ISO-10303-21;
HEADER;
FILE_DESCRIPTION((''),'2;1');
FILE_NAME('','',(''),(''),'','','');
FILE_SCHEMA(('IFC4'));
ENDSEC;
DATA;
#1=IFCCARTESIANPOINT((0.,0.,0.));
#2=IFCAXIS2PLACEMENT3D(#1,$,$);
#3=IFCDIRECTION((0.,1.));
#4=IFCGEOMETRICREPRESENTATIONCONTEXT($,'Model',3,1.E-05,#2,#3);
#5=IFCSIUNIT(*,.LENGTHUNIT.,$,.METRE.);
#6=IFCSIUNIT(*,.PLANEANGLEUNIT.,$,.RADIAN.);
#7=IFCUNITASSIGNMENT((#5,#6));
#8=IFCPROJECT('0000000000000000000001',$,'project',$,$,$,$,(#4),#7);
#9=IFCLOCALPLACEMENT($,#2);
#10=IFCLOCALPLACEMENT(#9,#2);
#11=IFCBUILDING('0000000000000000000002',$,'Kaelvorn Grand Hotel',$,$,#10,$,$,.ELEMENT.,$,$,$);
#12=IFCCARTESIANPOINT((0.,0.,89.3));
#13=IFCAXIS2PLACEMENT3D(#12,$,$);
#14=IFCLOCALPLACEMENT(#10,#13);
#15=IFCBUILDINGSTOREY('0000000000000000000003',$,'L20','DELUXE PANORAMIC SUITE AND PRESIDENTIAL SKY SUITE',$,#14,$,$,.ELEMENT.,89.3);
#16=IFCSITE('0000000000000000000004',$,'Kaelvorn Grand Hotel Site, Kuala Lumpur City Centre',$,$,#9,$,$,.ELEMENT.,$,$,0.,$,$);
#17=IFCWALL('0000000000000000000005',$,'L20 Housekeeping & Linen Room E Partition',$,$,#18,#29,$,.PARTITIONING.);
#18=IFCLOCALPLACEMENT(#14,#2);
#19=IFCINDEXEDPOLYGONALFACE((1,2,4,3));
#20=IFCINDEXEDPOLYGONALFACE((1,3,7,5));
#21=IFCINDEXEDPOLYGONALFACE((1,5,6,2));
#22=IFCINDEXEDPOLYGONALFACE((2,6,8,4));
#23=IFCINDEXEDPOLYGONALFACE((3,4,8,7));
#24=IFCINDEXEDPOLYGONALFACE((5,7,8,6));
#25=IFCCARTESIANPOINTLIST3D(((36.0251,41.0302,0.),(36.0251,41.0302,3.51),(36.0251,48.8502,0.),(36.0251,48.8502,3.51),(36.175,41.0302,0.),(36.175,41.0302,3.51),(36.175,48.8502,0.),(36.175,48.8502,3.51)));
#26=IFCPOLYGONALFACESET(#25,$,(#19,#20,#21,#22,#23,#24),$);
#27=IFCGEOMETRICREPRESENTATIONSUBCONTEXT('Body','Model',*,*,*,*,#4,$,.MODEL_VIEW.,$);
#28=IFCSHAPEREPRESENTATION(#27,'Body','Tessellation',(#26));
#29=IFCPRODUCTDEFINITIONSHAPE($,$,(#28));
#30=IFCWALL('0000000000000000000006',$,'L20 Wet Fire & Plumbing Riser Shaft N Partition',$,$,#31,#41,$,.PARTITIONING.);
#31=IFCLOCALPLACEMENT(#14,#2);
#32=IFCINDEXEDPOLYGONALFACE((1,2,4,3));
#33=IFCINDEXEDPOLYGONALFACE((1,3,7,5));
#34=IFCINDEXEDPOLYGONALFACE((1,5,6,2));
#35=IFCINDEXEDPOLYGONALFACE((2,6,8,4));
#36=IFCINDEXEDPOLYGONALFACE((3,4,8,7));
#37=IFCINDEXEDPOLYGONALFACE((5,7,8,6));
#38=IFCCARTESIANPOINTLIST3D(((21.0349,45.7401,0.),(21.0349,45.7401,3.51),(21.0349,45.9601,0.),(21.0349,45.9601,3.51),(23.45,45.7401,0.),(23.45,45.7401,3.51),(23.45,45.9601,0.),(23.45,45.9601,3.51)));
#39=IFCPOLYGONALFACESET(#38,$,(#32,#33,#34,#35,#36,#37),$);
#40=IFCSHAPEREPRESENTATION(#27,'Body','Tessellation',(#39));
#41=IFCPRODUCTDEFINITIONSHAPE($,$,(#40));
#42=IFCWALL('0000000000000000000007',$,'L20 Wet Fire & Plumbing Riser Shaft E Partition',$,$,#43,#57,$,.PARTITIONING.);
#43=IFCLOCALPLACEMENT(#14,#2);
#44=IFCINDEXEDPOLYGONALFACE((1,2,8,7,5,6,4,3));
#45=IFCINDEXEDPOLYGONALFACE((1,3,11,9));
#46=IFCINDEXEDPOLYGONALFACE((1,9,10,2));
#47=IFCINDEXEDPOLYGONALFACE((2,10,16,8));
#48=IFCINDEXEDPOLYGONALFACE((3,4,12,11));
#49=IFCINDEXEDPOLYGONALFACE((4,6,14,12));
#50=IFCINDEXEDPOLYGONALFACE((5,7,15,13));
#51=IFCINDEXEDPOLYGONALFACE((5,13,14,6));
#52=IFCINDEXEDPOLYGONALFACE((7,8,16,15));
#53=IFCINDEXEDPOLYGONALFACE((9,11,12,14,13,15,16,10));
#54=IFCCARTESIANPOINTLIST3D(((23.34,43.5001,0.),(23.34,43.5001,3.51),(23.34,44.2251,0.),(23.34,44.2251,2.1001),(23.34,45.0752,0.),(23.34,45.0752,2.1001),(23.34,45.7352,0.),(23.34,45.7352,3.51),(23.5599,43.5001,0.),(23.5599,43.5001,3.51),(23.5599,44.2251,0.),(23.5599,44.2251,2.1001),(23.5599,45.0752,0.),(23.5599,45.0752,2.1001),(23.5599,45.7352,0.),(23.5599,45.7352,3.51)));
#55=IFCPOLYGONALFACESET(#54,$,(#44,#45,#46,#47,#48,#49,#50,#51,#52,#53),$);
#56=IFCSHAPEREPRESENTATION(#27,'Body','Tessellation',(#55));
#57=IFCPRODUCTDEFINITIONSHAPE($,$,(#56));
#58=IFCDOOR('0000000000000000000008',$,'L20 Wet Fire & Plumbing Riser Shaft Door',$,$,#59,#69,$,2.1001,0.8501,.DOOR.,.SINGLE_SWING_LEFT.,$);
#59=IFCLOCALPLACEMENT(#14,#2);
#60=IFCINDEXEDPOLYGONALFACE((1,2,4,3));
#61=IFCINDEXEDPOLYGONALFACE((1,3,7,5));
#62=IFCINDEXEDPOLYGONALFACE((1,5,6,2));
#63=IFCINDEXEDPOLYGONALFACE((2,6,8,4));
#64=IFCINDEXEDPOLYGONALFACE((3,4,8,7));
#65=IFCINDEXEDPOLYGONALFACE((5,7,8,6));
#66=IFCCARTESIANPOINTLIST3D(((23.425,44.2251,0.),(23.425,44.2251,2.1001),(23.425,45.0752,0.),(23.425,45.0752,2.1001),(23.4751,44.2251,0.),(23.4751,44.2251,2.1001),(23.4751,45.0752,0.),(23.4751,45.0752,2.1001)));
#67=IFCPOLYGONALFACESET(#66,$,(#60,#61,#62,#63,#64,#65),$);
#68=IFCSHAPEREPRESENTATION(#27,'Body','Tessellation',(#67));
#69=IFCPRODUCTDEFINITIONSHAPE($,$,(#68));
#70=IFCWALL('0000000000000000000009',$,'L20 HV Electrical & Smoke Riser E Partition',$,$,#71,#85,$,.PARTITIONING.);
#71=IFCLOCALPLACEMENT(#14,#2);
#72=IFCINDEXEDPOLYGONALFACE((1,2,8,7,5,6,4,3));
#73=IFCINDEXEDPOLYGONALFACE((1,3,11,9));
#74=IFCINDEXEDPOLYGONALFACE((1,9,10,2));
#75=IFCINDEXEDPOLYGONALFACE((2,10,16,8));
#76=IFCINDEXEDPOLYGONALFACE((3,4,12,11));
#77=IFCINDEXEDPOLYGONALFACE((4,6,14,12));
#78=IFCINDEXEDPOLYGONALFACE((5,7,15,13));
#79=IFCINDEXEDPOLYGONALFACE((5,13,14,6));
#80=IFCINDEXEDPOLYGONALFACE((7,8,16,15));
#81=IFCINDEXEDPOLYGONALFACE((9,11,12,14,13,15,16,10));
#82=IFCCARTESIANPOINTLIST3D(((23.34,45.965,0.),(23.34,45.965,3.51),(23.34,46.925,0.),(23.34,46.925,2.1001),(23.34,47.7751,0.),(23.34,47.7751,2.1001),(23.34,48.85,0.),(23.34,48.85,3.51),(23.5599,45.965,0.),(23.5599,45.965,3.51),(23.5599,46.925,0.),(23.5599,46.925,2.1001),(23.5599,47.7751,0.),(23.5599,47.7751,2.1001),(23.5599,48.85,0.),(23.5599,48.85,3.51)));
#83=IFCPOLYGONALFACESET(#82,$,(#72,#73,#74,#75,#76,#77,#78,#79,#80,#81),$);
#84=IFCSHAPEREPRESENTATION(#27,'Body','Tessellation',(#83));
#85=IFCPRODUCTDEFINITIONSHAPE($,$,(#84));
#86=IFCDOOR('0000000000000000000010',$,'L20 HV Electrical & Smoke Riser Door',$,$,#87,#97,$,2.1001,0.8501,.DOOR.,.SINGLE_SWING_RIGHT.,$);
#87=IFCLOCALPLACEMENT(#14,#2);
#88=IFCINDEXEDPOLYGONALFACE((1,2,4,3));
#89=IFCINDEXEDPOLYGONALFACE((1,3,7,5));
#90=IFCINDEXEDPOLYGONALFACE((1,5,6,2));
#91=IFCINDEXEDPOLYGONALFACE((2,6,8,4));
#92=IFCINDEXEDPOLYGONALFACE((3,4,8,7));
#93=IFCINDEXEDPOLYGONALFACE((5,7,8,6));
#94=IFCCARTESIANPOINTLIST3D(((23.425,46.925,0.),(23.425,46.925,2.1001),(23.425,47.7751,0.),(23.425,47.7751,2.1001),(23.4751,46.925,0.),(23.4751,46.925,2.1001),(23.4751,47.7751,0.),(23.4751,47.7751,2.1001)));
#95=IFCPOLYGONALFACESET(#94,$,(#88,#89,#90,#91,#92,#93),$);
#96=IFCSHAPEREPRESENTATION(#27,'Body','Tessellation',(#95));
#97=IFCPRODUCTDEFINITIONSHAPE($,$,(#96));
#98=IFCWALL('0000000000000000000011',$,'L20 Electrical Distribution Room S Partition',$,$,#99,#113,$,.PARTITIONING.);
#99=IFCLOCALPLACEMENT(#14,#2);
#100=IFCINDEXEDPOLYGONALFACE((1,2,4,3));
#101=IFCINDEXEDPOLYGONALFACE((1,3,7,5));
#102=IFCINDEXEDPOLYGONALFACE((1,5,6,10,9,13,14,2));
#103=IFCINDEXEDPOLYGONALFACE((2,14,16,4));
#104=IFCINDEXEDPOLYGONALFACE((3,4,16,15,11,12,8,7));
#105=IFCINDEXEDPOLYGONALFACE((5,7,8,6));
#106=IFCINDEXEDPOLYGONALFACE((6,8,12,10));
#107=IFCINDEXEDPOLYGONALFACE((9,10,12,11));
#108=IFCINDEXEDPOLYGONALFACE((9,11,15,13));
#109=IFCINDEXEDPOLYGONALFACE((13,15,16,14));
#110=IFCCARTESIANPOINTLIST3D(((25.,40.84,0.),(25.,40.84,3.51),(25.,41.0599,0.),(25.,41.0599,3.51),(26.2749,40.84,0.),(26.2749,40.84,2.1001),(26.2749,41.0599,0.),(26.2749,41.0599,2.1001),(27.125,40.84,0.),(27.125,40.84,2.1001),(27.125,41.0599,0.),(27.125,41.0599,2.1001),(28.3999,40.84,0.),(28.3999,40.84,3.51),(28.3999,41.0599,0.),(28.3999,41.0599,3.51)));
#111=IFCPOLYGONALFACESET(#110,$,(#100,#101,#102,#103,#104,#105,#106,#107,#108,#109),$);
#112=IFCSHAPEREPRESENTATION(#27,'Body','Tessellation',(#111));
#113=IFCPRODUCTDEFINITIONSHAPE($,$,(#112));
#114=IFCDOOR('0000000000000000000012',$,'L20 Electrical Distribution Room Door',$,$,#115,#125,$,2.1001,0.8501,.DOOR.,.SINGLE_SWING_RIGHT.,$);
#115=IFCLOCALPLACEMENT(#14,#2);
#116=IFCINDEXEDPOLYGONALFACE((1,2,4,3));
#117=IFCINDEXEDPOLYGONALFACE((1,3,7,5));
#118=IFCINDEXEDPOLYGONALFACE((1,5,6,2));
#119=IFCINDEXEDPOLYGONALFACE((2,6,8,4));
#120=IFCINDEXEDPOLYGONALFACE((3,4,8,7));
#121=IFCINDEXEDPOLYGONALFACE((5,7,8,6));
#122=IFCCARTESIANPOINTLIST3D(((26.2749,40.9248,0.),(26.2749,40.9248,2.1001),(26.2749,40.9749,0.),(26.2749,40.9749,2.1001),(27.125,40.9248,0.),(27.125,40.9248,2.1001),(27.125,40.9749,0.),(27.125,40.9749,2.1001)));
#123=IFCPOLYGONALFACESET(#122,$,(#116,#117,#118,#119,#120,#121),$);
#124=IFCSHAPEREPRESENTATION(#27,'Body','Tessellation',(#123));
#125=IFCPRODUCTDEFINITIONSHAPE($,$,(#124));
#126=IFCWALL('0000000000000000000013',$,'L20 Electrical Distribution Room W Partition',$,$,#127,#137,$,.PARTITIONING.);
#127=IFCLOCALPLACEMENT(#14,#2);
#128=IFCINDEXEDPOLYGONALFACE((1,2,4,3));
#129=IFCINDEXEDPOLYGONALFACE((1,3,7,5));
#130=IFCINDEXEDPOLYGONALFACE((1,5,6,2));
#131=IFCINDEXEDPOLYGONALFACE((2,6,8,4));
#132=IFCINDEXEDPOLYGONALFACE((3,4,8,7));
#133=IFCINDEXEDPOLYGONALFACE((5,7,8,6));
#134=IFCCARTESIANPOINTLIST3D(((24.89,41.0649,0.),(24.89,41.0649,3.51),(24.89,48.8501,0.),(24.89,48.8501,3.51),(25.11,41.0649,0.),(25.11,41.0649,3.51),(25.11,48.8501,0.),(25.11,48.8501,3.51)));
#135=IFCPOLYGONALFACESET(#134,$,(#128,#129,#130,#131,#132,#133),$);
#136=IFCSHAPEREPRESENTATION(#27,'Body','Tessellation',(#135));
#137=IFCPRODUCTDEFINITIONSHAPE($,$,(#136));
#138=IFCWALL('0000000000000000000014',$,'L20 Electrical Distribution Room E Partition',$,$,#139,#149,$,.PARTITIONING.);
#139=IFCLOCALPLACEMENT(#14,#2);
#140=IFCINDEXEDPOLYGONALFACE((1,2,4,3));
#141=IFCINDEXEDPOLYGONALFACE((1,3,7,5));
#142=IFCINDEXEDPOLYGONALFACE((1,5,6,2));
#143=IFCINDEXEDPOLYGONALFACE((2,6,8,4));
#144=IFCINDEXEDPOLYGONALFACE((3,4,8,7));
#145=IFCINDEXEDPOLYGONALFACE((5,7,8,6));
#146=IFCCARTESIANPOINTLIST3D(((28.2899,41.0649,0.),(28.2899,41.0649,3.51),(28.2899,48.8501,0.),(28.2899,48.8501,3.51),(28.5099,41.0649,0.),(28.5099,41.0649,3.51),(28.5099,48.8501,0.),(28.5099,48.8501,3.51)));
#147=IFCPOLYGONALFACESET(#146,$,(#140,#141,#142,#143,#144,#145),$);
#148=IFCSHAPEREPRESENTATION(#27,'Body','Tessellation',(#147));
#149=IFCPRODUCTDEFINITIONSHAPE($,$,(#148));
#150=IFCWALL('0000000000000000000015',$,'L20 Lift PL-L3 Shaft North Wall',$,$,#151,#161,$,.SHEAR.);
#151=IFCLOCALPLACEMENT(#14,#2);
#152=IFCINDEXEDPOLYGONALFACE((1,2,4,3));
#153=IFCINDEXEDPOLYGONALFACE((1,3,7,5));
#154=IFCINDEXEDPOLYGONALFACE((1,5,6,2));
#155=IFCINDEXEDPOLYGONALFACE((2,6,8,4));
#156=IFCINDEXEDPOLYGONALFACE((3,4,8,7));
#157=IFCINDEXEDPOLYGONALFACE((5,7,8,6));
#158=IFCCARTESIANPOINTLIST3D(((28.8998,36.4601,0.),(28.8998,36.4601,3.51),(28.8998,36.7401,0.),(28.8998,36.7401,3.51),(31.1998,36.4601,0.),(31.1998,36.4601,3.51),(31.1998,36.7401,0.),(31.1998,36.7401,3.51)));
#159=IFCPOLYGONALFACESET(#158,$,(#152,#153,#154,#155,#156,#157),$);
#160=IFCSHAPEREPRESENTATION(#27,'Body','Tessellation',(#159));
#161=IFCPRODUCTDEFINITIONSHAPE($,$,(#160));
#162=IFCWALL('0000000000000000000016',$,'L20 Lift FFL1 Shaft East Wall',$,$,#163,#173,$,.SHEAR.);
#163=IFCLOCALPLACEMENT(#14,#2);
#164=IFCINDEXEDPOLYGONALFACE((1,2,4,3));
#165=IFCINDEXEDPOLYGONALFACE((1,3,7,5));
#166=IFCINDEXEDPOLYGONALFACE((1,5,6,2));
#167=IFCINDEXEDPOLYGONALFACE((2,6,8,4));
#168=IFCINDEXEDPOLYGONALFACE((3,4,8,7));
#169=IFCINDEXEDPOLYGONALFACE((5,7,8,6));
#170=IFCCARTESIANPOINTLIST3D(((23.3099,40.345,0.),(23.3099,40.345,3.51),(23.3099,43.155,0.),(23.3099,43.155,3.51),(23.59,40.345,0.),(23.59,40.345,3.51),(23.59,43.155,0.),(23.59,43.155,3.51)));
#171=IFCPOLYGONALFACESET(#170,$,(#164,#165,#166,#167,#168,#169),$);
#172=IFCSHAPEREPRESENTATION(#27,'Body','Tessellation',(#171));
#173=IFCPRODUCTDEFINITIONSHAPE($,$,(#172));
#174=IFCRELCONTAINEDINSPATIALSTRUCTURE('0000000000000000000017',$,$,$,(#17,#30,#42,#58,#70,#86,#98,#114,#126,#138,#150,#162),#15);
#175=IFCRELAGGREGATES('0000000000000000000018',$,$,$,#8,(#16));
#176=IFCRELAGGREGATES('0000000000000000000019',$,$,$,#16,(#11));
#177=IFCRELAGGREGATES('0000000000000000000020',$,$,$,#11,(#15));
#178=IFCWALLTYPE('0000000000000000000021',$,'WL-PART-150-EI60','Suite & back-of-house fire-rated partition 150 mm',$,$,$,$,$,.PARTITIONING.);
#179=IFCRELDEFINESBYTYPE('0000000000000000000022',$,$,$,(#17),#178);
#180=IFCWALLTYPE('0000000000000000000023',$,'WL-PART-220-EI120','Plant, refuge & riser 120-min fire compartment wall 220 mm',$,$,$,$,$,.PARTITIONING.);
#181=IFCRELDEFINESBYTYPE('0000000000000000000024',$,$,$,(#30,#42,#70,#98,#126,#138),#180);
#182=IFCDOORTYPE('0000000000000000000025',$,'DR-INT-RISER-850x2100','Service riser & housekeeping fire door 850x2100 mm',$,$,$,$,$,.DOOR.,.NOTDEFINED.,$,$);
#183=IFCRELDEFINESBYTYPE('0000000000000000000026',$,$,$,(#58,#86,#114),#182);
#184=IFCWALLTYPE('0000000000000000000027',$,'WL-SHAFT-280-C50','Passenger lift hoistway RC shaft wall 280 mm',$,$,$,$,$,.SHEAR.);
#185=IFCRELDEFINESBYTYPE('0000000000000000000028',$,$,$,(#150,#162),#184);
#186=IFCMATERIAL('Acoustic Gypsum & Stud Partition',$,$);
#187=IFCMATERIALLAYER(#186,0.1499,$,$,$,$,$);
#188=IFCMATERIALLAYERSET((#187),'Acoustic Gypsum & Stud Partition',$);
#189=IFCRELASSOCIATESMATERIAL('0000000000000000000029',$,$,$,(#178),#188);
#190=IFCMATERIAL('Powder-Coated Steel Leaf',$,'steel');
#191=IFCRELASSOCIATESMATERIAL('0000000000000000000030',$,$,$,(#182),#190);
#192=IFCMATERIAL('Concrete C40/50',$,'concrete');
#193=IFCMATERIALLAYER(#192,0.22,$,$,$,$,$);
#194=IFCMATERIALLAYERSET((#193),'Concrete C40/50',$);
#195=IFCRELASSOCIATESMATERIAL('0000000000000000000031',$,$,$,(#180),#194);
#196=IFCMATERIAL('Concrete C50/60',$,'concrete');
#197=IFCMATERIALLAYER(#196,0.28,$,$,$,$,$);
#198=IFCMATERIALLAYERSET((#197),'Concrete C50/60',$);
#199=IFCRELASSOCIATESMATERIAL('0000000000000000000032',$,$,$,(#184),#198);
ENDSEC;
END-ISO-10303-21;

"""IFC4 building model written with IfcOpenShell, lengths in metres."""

from ifc_helpers import new_model, si_unit, direction, frame, frame_2d, origin, place, context, subcontext, project, spatial, rectangle, extrude, material, layer, layer_set, type_object, element, fill, save


model = new_model("IFC4")

# Units and contexts
model_context = context("Model", 3, precision=1e-05, world=origin(), true_north=direction((0.0, 1.0)))
body_context = subcontext(model_context, "Body", "Model", "MODEL_VIEW")
ifc_project = project(units=[si_unit("LENGTHUNIT", "METRE"), si_unit("PLANEANGLEUNIT", "RADIAN")], contexts=[model_context])

# Site, building, storey
site_placement = place(None, origin())
site = spatial("IfcSite", under=ifc_project, at=site_placement, Name="Kaelvorn Grand Hotel Site, Kuala Lumpur City Centre", CompositionType="ELEMENT", RefElevation=0.0)
building_placement = place(site_placement, origin())
building = spatial("IfcBuilding", under=site, at=building_placement, Name="Kaelvorn Grand Hotel", CompositionType="ELEMENT")
storey_placement = place(building_placement, frame((0.0, 0.0, 89.3)))
storey = spatial("IfcBuildingStorey", under=building, at=storey_placement, Name="L20", Description="DELUXE PANORAMIC SUITE AND PRESIDENTIAL SKY SUITE", CompositionType="ELEMENT", Elevation=89.3)

# Shared definitions
ifc_material_1 = material(Name="Acoustic Gypsum & Stud Partition")
ifc_layer_1 = layer(ifc_material_1, 0.1499)
ifc_layer_set_1 = layer_set([ifc_layer_1], Name="Acoustic Gypsum & Stud Partition")
wall_type_1 = type_object("IfcWallType", Name="WL-PART-150-EI60", Description="Suite & back-of-house fire-rated partition 150 mm", PredefinedType="PARTITIONING", material=ifc_layer_set_1)

# Shared definitions
ifc_material_2 = material(Name="Powder-Coated Steel Leaf", Category="steel")
door_type_1 = type_object("IfcDoorType", Name="DR-INT-RISER-850x2100", Description="Service riser & housekeeping fire door 850x2100 mm", OperationType="NOTDEFINED", PredefinedType="DOOR", material=ifc_material_2)

# Walls
wall_1_placement = place(storey_placement, frame((36.1001, 41.03, 0.0), z_axis=(0.0, 0.0, 1.0), x_axis=(0.0, 1.0, 0.0)))
element("IfcWall", 1, at=wall_1_placement, inside=storey, type_object=wall_type_1, Name="L20 Housekeeping & Linen Room E Partition", PredefinedType="PARTITIONING", context=body_context, shape_type="SweptSolid", body=[
    extrude(rectangle(XDim=7.8201, YDim=0.1499, at=frame_2d((3.9102, 0.0))), origin(), (0.0, 0.0, 1.0), 3.51),
])
ifc_material_3 = material(Name="Concrete C40/50", Category="concrete")
ifc_layer_2 = layer(ifc_material_3, 0.22)
ifc_layer_set_2 = layer_set([ifc_layer_2], Name="Concrete C40/50")
wall_type_2 = type_object("IfcWallType", Name="WL-PART-220-EI120", Description="Plant, refuge & riser 120-min fire compartment wall 220 mm", PredefinedType="PARTITIONING", material=ifc_layer_set_2)
wall_2_placement = place(storey_placement, frame((21.0349, 45.8501, 0.0), z_axis=(0.0, 0.0, 1.0), x_axis=(1.0, 0.0, 0.0)))
element("IfcWall", 2, at=wall_2_placement, inside=storey, type_object=wall_type_2, Name="L20 Wet Fire & Plumbing Riser Shaft N Partition", PredefinedType="PARTITIONING", context=body_context, shape_type="SweptSolid", body=[
    extrude(rectangle(XDim=2.415, YDim=0.22, at=frame_2d((1.2075, 0.0))), origin(), (0.0, 0.0, 1.0), 3.51),
])

# Walls, openings, doors
wall_3_placement = place(storey_placement, frame((23.45, 43.5, 0.0), z_axis=(0.0, 0.0, 1.0), x_axis=(0.0, 1.0, 0.0)))
wall_3 = element("IfcWall", 3, at=wall_3_placement, inside=storey, type_object=wall_type_2, Name="L20 Wet Fire & Plumbing Riser Shaft E Partition", PredefinedType="PARTITIONING", context=body_context, shape_type="SweptSolid", body=[
    extrude(rectangle(XDim=2.2351, YDim=0.22, at=frame_2d((1.1177, 0.0))), origin(), (0.0, 0.0, 1.0), 3.51),
])
opening_1_placement = place(wall_3_placement, frame((0.7251, 0.0, 0.0)))
opening_1 = element("IfcOpeningElement", 4, at=opening_1_placement, cuts=wall_3, PredefinedType="OPENING", context=body_context, shape_type="SweptSolid", body=[
    extrude(rectangle(XDim=0.8501, YDim=2.1001, at=frame_2d((0.425, 1.05))), frame((0.0, 0.1201, 0.0), z_axis=(0.0, -1.0, 0.0), x_axis=(1.0, 0.0, 0.0)), (0.0, 0.0, 1.0), 0.24),
])
door_1_placement = place(opening_1_placement, origin())
door_1 = element("IfcDoor", 5, at=door_1_placement, inside=storey, type_object=door_type_1, Name="L20 Wet Fire & Plumbing Riser Shaft Door", OperationType="SINGLE_SWING_LEFT", OverallHeight=2.1001, OverallWidth=0.8501, PredefinedType="DOOR", context=body_context, shape_type="SweptSolid", body=[
    extrude(rectangle(XDim=0.8501, YDim=2.1001, at=frame_2d((0.425, 1.05))), frame((0.0, 0.0249, 0.0), z_axis=(0.0, -1.0, 0.0), x_axis=(1.0, 0.0, 0.0)), (0.0, 0.0, 1.0), 0.05),
])
fill(opening_1, door_1)
wall_4_placement = place(storey_placement, frame((23.45, 45.9651, 0.0), z_axis=(0.0, 0.0, 1.0), x_axis=(0.0, 1.0, 0.0)))
wall_4 = element("IfcWall", 6, at=wall_4_placement, inside=storey, type_object=wall_type_2, Name="L20 HV Electrical & Smoke Riser E Partition", PredefinedType="PARTITIONING", context=body_context, shape_type="SweptSolid", body=[
    extrude(rectangle(XDim=2.885, YDim=0.22, at=frame_2d((1.4424, 0.0))), origin(), (0.0, 0.0, 1.0), 3.51),
])
opening_2_placement = place(wall_4_placement, frame((0.96, 0.0, 0.0)))
opening_2 = element("IfcOpeningElement", 7, at=opening_2_placement, cuts=wall_4, PredefinedType="OPENING", context=body_context, shape_type="SweptSolid", body=[
    extrude(rectangle(XDim=0.8501, YDim=2.1001, at=frame_2d((0.425, 1.05))), frame((0.0, 0.1201, 0.0), z_axis=(0.0, -1.0, 0.0), x_axis=(1.0, 0.0, 0.0)), (0.0, 0.0, 1.0), 0.24),
])
door_2_placement = place(opening_2_placement, origin())
door_2 = element("IfcDoor", 8, at=door_2_placement, inside=storey, type_object=door_type_1, Name="L20 HV Electrical & Smoke Riser Door", OperationType="SINGLE_SWING_RIGHT", OverallHeight=2.1001, OverallWidth=0.8501, PredefinedType="DOOR", context=body_context, shape_type="SweptSolid", body=[
    extrude(rectangle(XDim=0.8501, YDim=2.1001, at=frame_2d((0.425, 1.05))), frame((0.0, 0.0249, 0.0), z_axis=(0.0, -1.0, 0.0), x_axis=(1.0, 0.0, 0.0)), (0.0, 0.0, 1.0), 0.05),
])
fill(opening_2, door_2)
wall_5_placement = place(storey_placement, frame((25.0, 40.95, 0.0), z_axis=(0.0, 0.0, 1.0), x_axis=(1.0, 0.0, 0.0)))
wall_5 = element("IfcWall", 9, at=wall_5_placement, inside=storey, type_object=wall_type_2, Name="L20 Electrical Distribution Room S Partition", PredefinedType="PARTITIONING", context=body_context, shape_type="SweptSolid", body=[
    extrude(rectangle(XDim=3.3999, YDim=0.22, at=frame_2d((1.7, 0.0))), origin(), (0.0, 0.0, 1.0), 3.51),
])
opening_3_placement = place(wall_5_placement, frame((1.2749, 0.0, 0.0)))
opening_3 = element("IfcOpeningElement", 10, at=opening_3_placement, cuts=wall_5, PredefinedType="OPENING", context=body_context, shape_type="SweptSolid", body=[
    extrude(rectangle(XDim=0.8501, YDim=2.1001, at=frame_2d((0.425, 1.05))), frame((0.0, 0.1201, 0.0), z_axis=(0.0, -1.0, 0.0), x_axis=(1.0, 0.0, 0.0)), (0.0, 0.0, 1.0), 0.24),
])
door_3_placement = place(opening_3_placement, origin())
door_3 = element("IfcDoor", 11, at=door_3_placement, inside=storey, type_object=door_type_1, Name="L20 Electrical Distribution Room Door", OperationType="SINGLE_SWING_RIGHT", OverallHeight=2.1001, OverallWidth=0.8501, PredefinedType="DOOR", context=body_context, shape_type="SweptSolid", body=[
    extrude(rectangle(XDim=0.8501, YDim=2.1001, at=frame_2d((0.425, 1.05))), frame((0.0, 0.0249, 0.0), z_axis=(0.0, -1.0, 0.0), x_axis=(1.0, 0.0, 0.0)), (0.0, 0.0, 1.0), 0.05),
])
fill(opening_3, door_3)

# Walls
for number, where, z_axis, x_axis, name in (
    (12, (25.0, 41.0649, 0.0), (0.0, 0.0, 1.0), (0.0, 1.0, 0.0), "L20 Electrical Distribution Room W Partition"),
    (13, (28.3999, 41.0649, 0.0), (0.0, 0.0, 1.0), (0.0, 1.0, 0.0), "L20 Electrical Distribution Room E Partition"),
):
    element("IfcWall", number, at=place(storey_placement, frame(where, z_axis=z_axis, x_axis=x_axis)), inside=storey, type_object=wall_type_2, Name=name, PredefinedType="PARTITIONING", context=body_context, shape_type="SweptSolid", body=[
        extrude(rectangle(XDim=7.7852, YDim=0.22, at=frame_2d((3.8926, 0.0))), origin(), (0.0, 0.0, 1.0), 3.51),
    ])
ifc_material_4 = material(Name="Concrete C50/60", Category="concrete")
ifc_layer_3 = layer(ifc_material_4, 0.28)
ifc_layer_set_3 = layer_set([ifc_layer_3], Name="Concrete C50/60")
wall_type_3 = type_object("IfcWallType", Name="WL-SHAFT-280-C50", Description="Passenger lift hoistway RC shaft wall 280 mm", PredefinedType="SHEAR", material=ifc_layer_set_3)
wall_6_placement = place(storey_placement, frame((28.8999, 36.6001, 0.0), z_axis=(0.0, 0.0, 1.0), x_axis=(1.0, 0.0, 0.0)))
element("IfcWall", 14, at=wall_6_placement, inside=storey, type_object=wall_type_3, Name="L20 Lift PL-L3 Shaft North Wall", PredefinedType="SHEAR", context=body_context, shape_type="SweptSolid", body=[
    extrude(rectangle(XDim=2.3, YDim=0.28, at=frame_2d((1.1499, 0.0))), origin(), (0.0, 0.0, 1.0), 3.51),
])
wall_7_placement = place(storey_placement, frame((23.45, 40.345, 0.0), z_axis=(0.0, 0.0, 1.0), x_axis=(0.0, 1.0, 0.0)))
element("IfcWall", 15, at=wall_7_placement, inside=storey, type_object=wall_type_3, Name="L20 Lift FFL1 Shaft East Wall", PredefinedType="SHEAR", context=body_context, shape_type="SweptSolid", body=[
    extrude(rectangle(XDim=2.8101, YDim=0.28, at=frame_2d((1.405, 0.0))), origin(), (0.0, 0.0, 1.0), 3.51),
])

save(model, "model.ifc")
